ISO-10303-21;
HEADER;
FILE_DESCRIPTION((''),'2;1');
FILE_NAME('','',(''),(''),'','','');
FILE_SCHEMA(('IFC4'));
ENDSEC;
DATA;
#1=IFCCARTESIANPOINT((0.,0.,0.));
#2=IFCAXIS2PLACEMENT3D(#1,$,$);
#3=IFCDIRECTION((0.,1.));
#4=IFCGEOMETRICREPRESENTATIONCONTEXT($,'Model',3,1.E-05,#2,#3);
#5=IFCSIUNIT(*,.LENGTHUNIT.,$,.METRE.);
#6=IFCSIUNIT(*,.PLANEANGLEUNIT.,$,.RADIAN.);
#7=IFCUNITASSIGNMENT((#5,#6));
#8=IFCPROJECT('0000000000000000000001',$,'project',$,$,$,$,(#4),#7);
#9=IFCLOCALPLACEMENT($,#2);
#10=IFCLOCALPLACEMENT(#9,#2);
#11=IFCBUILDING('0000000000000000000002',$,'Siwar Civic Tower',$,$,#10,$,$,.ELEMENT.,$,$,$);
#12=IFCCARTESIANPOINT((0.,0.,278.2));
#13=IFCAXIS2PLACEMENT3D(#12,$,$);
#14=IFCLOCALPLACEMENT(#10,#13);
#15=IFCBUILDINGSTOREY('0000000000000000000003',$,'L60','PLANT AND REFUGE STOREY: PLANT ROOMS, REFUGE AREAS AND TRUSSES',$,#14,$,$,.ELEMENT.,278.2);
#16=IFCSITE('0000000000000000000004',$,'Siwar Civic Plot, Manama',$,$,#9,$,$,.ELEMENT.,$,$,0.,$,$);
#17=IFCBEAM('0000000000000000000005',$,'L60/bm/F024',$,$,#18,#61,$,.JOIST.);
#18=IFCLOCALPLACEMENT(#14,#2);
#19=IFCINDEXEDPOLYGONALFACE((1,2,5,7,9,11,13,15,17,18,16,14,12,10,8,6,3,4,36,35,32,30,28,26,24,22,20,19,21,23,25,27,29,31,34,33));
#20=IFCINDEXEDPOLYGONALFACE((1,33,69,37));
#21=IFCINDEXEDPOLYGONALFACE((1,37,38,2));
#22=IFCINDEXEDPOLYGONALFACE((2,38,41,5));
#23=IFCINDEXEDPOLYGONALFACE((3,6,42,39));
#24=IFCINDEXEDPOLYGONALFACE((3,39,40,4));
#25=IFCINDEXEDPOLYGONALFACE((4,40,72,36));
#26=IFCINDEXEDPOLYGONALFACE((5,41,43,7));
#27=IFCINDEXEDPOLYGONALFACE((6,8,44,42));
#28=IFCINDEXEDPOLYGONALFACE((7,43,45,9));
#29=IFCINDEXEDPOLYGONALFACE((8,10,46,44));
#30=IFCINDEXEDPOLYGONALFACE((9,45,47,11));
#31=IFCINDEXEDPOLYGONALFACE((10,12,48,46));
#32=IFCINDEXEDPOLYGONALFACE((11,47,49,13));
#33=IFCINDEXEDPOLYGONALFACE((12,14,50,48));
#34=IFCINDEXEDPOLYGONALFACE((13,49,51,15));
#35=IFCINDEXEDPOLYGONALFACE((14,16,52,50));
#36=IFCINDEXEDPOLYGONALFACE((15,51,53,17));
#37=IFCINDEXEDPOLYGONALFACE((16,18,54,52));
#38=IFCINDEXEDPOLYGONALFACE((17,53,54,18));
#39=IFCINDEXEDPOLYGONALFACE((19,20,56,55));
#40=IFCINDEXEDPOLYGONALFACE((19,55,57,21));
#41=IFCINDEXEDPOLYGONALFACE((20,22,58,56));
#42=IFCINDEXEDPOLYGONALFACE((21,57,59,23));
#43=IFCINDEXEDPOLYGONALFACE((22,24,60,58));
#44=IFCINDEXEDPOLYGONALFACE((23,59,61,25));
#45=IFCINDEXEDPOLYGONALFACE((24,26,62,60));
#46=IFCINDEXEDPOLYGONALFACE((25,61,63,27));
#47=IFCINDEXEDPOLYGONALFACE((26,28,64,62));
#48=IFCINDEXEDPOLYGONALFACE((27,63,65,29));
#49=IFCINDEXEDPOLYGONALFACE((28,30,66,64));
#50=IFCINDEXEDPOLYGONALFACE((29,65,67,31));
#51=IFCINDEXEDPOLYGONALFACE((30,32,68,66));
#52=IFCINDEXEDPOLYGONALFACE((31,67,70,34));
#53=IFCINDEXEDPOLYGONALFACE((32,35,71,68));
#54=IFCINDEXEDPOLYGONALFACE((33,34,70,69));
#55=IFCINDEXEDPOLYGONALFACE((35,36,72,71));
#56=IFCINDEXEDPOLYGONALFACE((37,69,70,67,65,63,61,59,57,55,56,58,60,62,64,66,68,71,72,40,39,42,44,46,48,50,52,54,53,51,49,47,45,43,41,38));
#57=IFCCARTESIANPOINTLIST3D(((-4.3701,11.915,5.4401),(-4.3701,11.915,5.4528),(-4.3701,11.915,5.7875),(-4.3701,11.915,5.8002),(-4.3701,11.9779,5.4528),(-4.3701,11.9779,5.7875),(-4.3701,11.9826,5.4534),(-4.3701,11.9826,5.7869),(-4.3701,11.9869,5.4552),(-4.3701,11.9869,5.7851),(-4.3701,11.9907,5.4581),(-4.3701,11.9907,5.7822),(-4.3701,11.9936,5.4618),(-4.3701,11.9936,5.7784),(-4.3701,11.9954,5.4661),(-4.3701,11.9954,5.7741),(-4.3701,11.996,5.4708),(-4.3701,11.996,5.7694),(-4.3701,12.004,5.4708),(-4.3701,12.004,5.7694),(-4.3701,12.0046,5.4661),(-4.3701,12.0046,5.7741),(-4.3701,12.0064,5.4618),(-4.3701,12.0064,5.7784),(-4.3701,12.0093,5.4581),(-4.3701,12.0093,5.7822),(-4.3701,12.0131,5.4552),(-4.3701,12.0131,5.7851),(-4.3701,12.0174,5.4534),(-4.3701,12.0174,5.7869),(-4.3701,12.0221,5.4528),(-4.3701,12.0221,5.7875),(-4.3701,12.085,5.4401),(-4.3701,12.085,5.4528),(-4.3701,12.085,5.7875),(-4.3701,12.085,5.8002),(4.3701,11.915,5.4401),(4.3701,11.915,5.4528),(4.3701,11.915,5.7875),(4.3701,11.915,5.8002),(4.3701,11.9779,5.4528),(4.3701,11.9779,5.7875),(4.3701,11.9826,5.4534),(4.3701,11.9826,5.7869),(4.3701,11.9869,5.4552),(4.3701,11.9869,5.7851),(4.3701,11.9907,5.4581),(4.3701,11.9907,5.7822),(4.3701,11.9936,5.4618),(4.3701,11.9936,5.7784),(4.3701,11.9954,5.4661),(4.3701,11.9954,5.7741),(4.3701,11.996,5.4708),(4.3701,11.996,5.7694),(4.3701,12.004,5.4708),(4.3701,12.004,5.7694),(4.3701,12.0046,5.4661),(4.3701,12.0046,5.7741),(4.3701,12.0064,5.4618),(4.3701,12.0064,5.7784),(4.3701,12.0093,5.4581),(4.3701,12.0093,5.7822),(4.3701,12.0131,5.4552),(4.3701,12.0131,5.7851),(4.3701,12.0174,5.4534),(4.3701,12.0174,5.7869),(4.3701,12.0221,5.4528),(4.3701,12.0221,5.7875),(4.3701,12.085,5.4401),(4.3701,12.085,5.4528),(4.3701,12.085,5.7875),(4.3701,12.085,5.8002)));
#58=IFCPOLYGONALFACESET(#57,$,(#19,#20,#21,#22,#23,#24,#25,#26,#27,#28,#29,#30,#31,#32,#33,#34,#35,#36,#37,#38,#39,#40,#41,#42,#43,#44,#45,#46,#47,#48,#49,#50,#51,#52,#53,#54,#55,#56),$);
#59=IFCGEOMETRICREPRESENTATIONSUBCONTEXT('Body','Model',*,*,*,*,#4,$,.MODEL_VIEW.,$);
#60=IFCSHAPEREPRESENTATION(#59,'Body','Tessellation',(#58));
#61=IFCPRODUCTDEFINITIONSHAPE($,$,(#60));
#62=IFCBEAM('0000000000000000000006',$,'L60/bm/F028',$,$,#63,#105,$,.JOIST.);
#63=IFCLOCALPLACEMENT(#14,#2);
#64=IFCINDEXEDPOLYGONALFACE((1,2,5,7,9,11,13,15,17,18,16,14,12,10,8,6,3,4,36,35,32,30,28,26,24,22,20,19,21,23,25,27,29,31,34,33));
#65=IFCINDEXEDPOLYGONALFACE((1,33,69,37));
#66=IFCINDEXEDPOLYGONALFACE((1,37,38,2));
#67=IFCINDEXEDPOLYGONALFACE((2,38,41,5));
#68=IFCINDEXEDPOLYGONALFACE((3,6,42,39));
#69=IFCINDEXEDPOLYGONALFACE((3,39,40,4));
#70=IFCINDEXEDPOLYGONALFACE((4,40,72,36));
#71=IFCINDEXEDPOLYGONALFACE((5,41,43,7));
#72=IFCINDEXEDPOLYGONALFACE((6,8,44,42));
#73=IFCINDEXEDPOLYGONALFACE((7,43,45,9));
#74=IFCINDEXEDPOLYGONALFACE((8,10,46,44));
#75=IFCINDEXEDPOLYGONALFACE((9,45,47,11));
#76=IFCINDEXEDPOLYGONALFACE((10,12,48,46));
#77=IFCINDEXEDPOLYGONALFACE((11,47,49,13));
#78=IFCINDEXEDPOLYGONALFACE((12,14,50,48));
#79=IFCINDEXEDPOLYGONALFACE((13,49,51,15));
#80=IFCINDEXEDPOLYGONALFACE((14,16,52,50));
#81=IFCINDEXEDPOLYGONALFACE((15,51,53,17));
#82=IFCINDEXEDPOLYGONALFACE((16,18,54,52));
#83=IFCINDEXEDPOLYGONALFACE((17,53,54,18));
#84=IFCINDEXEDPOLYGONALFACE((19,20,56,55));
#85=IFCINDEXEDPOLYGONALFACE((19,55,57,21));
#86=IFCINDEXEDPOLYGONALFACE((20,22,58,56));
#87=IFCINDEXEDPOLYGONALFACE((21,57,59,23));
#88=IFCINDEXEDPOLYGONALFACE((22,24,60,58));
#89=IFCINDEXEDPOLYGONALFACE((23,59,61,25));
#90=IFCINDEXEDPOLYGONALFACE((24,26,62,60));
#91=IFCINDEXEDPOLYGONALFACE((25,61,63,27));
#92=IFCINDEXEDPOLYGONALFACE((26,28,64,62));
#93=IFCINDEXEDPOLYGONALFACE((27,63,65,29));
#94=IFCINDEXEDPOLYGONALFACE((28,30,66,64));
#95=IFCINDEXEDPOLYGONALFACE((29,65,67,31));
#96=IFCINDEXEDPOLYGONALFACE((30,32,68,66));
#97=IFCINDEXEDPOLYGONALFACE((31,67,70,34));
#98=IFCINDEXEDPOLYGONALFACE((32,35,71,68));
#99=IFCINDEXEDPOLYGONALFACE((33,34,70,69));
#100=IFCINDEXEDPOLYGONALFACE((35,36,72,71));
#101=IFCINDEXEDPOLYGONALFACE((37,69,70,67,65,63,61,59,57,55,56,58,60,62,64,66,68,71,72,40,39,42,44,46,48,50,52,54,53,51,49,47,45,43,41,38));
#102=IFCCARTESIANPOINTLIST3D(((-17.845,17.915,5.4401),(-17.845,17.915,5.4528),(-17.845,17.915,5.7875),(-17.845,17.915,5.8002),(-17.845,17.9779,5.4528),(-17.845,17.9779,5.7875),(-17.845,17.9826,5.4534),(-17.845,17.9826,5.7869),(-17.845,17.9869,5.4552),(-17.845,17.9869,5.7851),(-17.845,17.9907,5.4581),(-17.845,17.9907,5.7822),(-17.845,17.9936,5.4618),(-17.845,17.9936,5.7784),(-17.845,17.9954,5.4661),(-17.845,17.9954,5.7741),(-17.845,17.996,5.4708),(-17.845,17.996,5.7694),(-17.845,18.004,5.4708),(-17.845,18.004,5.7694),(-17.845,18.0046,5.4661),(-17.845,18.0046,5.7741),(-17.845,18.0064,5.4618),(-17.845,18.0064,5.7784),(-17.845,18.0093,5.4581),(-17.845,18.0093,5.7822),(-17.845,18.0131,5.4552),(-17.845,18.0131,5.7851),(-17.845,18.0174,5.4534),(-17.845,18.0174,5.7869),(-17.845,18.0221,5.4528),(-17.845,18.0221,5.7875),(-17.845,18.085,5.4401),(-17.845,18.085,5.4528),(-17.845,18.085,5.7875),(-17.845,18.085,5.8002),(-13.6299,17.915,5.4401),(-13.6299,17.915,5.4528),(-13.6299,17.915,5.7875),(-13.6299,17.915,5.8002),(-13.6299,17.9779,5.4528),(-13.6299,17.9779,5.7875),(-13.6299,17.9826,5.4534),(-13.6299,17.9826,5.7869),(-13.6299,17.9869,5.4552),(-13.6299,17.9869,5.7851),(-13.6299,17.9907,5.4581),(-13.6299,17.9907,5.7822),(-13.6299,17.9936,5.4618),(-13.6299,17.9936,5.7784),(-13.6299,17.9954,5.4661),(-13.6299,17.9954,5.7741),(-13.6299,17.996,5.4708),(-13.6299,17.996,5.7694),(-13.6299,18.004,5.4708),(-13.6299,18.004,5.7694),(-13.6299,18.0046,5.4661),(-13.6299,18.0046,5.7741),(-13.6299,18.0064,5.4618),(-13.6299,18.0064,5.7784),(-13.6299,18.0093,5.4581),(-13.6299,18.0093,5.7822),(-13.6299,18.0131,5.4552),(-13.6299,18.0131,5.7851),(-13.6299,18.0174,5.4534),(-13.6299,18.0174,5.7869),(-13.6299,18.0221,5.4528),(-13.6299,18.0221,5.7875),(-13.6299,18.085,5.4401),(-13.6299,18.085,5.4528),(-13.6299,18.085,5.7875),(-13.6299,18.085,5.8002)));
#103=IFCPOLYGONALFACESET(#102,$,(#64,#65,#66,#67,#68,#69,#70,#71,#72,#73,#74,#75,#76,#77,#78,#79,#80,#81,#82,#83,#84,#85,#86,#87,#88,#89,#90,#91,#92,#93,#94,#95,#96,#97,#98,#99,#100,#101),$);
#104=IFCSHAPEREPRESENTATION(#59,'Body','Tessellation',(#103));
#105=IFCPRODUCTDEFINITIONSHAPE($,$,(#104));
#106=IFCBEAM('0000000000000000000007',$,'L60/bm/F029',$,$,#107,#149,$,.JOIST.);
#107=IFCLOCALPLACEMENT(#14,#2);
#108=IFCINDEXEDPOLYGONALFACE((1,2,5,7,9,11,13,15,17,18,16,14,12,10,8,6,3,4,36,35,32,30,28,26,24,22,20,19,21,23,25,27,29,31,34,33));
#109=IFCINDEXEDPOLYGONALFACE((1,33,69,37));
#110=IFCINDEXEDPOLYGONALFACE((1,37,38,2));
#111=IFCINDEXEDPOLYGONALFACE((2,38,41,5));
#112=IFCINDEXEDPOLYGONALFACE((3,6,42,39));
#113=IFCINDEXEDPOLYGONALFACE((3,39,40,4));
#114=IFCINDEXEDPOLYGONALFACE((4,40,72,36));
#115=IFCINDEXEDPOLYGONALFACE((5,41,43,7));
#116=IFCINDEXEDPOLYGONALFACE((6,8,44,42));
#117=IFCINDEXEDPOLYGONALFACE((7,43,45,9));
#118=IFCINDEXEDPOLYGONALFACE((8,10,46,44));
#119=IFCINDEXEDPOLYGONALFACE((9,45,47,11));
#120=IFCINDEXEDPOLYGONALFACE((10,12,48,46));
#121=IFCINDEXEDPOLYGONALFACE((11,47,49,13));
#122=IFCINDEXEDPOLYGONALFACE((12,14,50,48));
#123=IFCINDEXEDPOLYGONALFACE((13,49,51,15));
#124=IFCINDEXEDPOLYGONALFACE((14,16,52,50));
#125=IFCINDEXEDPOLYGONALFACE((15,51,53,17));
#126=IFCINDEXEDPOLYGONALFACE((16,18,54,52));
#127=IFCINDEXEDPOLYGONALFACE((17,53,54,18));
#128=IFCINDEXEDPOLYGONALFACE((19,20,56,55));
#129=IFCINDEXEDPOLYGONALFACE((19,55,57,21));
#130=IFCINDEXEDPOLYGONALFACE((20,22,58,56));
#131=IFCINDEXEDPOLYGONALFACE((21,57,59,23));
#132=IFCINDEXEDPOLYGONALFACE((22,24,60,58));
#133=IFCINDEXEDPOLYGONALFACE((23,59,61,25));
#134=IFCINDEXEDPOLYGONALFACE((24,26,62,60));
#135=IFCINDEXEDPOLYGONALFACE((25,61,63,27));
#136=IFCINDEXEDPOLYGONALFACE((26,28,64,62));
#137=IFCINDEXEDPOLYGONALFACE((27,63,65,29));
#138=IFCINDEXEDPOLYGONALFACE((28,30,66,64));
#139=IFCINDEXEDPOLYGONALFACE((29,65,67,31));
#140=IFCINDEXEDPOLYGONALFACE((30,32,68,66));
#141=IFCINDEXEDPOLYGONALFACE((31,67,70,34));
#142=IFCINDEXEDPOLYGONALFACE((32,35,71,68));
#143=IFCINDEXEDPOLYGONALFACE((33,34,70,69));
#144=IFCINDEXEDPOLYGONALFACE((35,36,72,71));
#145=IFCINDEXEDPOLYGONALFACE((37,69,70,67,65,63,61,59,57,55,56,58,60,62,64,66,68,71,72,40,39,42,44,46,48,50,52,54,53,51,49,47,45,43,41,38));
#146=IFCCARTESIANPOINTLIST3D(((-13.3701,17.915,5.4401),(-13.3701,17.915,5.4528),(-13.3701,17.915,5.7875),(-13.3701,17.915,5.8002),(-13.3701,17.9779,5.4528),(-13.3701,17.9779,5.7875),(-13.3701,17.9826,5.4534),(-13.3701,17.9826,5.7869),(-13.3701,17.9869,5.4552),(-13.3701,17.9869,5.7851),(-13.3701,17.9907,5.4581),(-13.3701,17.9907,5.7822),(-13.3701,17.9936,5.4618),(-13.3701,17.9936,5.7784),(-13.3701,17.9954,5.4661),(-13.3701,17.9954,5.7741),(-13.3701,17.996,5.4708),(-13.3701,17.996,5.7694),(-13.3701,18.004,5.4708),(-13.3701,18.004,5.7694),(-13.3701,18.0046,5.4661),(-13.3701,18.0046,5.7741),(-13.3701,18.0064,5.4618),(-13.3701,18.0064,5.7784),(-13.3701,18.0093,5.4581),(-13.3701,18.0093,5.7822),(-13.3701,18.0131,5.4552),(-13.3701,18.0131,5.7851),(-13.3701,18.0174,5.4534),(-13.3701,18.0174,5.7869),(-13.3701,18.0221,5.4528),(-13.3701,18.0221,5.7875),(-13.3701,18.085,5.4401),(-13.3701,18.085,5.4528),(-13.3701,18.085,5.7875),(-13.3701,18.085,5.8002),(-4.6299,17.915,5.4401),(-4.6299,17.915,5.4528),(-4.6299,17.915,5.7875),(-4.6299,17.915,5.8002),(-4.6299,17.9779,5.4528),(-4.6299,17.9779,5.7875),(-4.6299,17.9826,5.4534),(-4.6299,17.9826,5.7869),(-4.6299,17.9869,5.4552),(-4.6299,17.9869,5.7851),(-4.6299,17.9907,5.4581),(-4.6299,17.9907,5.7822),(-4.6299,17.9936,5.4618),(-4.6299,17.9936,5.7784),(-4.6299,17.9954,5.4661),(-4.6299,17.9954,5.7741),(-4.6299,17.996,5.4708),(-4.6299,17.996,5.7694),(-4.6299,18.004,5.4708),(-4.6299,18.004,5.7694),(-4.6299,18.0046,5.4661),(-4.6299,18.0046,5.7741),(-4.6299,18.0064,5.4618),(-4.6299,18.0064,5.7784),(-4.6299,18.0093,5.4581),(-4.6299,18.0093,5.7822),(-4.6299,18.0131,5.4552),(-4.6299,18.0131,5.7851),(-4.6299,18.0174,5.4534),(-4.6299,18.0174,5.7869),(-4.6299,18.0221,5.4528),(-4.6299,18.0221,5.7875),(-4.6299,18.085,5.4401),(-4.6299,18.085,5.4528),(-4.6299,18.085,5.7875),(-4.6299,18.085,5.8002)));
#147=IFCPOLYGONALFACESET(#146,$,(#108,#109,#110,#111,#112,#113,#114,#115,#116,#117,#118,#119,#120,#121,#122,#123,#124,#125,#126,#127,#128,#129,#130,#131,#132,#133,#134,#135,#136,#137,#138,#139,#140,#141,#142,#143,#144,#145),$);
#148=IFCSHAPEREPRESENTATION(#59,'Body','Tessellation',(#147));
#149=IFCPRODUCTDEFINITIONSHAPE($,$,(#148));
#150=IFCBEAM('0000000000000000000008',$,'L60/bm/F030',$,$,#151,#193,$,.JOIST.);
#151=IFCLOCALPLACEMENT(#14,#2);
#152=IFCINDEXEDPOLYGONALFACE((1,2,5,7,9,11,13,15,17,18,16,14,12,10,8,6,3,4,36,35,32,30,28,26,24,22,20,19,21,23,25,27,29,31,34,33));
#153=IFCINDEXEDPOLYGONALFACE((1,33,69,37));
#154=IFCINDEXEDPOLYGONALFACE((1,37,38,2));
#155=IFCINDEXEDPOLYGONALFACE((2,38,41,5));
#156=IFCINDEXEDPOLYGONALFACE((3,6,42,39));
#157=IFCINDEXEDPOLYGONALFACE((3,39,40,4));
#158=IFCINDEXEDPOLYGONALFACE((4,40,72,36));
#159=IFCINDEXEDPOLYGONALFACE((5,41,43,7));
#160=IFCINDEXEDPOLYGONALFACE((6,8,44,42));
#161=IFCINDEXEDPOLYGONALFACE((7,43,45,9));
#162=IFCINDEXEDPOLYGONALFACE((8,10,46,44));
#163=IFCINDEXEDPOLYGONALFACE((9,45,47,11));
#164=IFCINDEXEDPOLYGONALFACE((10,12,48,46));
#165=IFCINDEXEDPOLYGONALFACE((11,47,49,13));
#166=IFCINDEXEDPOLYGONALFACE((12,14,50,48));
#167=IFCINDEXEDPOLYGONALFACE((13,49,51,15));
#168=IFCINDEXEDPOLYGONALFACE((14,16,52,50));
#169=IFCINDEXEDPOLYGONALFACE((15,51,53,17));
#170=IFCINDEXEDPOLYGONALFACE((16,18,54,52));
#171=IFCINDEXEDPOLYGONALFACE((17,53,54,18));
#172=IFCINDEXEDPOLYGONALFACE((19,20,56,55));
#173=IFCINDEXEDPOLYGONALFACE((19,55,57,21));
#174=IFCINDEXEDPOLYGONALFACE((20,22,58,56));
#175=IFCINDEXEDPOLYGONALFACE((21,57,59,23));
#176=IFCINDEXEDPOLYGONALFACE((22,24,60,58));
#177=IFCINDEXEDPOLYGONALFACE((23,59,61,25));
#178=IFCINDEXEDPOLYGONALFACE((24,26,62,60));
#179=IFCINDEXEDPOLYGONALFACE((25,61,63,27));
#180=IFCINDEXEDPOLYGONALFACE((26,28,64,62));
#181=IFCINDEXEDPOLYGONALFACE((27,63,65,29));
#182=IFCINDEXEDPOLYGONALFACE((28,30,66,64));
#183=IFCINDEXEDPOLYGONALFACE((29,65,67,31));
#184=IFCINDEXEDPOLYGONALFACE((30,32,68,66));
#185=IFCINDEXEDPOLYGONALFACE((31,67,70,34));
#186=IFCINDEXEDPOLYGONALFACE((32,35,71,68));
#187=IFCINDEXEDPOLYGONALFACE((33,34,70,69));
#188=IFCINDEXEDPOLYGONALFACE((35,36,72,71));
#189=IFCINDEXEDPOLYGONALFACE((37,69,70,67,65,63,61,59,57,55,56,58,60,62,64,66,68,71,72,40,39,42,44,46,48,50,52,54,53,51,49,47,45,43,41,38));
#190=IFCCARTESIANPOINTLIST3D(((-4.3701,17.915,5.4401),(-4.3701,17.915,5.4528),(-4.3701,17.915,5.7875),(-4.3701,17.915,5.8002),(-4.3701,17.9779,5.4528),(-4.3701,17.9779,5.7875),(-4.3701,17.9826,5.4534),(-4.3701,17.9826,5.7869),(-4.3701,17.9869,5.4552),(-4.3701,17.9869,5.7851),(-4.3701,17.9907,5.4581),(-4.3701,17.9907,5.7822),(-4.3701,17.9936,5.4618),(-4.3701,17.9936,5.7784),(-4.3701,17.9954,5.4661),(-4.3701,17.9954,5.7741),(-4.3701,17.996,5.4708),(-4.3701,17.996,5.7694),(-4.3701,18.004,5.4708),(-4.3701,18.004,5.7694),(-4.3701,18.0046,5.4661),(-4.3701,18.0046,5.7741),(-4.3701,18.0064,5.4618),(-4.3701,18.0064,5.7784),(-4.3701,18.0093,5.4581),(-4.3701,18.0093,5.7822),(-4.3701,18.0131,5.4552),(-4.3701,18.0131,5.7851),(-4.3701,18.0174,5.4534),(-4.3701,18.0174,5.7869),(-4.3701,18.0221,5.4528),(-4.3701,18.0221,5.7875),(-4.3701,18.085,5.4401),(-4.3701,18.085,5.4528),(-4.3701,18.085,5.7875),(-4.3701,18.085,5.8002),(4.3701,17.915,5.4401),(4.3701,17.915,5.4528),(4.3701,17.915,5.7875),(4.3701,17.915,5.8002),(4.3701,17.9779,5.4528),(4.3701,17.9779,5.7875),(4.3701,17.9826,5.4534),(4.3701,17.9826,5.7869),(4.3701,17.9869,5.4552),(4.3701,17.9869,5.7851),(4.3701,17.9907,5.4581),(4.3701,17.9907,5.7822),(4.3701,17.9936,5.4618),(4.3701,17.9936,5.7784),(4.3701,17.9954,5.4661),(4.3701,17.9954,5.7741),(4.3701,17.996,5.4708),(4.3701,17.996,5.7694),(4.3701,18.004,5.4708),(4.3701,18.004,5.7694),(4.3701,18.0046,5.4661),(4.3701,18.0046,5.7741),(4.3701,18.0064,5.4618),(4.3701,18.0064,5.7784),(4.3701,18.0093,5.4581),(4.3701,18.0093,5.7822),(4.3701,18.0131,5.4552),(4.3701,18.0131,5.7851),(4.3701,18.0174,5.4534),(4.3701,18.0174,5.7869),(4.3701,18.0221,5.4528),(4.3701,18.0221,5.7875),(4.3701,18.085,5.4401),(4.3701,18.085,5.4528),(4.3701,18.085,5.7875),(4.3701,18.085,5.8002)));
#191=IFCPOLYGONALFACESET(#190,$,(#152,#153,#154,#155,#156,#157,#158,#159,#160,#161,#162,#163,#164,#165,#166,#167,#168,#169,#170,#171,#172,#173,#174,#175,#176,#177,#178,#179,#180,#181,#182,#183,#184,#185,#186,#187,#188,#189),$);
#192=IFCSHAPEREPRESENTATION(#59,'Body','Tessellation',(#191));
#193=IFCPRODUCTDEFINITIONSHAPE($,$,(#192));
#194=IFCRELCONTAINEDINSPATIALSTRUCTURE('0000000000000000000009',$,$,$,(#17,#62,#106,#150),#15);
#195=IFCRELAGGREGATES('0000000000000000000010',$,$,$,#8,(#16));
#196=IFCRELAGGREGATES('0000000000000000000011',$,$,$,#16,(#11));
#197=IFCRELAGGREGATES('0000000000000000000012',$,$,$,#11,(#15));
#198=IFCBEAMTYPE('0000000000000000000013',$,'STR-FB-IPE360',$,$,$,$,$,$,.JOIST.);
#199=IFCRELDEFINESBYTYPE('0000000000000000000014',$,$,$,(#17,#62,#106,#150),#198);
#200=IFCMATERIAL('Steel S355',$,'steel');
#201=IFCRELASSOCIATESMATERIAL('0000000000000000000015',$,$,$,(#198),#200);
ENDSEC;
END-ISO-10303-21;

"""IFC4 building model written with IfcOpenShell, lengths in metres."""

from ifc_helpers import new_model, si_unit, direction, frame, origin, origin_2d, place, context, subcontext, project, spatial, i_section, extrude, material, material_profile, profile_set, type_object, element, save


model = new_model("IFC4")

# Units and contexts
model_context = context("Model", 3, precision=1e-05, world=origin(), true_north=direction((0.0, 1.0)))
body_context = subcontext(model_context, "Body", "Model", "MODEL_VIEW")
ifc_project = project(units=[si_unit("LENGTHUNIT", "METRE"), si_unit("PLANEANGLEUNIT", "RADIAN")], contexts=[model_context])

# Site, building, storey
site_placement = place(None, origin())
site = spatial("IfcSite", under=ifc_project, at=site_placement, Name="Siwar Civic Plot, Manama", CompositionType="ELEMENT", RefElevation=0.0)
building_placement = place(site_placement, origin())
building = spatial("IfcBuilding", under=site, at=building_placement, Name="Siwar Civic Tower", CompositionType="ELEMENT")
storey_placement = place(building_placement, frame((0.0, 0.0, 278.2)))
storey = spatial("IfcBuildingStorey", under=building, at=storey_placement, Name="L60", Description="PLANT AND REFUGE STOREY: PLANT ROOMS, REFUGE AREAS AND TRUSSES", CompositionType="ELEMENT", Elevation=278.2)

# Beams
ifc_material_1 = material(Name="Steel S355", Category="steel")
ifc_material_profile_1 = material_profile(ifc_material_1, i_section(OverallWidth=0.1699, OverallDepth=0.3601, WebThickness=0.0081, FlangeThickness=0.0127, FilletRadius=0.0181, at=origin_2d()), Name="IPE360")
ifc_profile_set_1 = profile_set([ifc_material_profile_1], Name="Steel S355")
beam_type_1 = type_object("IfcBeamType", Name="STR-FB-IPE360", PredefinedType="JOIST", material=ifc_profile_set_1)
beam_1_placement = place(storey_placement, frame((-4.3701, 12.0, 5.6201), z_axis=(1.0, 0.0, 0.0), x_axis=(0.0, 1.0, 0.0)))
element("IfcBeam", 1, at=beam_1_placement, inside=storey, type_object=beam_type_1, Name="L60/bm/F024", PredefinedType="JOIST", context=body_context, shape_type="SweptSolid", body=[
    extrude(i_section(OverallWidth=0.1699, OverallDepth=0.3601, WebThickness=0.0081, FlangeThickness=0.0127, FilletRadius=0.0181, at=origin_2d()), origin(), (0.0, 0.0, 1.0), 8.7402),
])
beam_2_placement = place(storey_placement, frame((-17.845, 18.0, 5.6201), z_axis=(1.0, 0.0, 0.0), x_axis=(0.0, 1.0, 0.0)))
element("IfcBeam", 2, at=beam_2_placement, inside=storey, type_object=beam_type_1, Name="L60/bm/F028", PredefinedType="JOIST", context=body_context, shape_type="SweptSolid", body=[
    extrude(i_section(OverallWidth=0.1699, OverallDepth=0.3601, WebThickness=0.0081, FlangeThickness=0.0127, FilletRadius=0.0181, at=origin_2d()), origin(), (0.0, 0.0, 1.0), 4.2151),
])
for number, where, z_axis, x_axis, name in (
    (3, (-13.3701, 18.0, 5.6201), (1.0, 0.0, 0.0), (0.0, 1.0, 0.0), "L60/bm/F029"),
    (4, (-4.3701, 18.0, 5.6201), (1.0, 0.0, 0.0), (0.0, 1.0, 0.0), "L60/bm/F030"),
):
    element("IfcBeam", number, at=place(storey_placement, frame(where, z_axis=z_axis, x_axis=x_axis)), inside=storey, type_object=beam_type_1, Name=name, PredefinedType="JOIST", context=body_context, shape_type="SweptSolid", body=[
        extrude(i_section(OverallWidth=0.1699, OverallDepth=0.3601, WebThickness=0.0081, FlangeThickness=0.0127, FilletRadius=0.0181, at=origin_2d()), origin(), (0.0, 0.0, 1.0), 8.7402),
    ])

save(model, "model.ifc")
